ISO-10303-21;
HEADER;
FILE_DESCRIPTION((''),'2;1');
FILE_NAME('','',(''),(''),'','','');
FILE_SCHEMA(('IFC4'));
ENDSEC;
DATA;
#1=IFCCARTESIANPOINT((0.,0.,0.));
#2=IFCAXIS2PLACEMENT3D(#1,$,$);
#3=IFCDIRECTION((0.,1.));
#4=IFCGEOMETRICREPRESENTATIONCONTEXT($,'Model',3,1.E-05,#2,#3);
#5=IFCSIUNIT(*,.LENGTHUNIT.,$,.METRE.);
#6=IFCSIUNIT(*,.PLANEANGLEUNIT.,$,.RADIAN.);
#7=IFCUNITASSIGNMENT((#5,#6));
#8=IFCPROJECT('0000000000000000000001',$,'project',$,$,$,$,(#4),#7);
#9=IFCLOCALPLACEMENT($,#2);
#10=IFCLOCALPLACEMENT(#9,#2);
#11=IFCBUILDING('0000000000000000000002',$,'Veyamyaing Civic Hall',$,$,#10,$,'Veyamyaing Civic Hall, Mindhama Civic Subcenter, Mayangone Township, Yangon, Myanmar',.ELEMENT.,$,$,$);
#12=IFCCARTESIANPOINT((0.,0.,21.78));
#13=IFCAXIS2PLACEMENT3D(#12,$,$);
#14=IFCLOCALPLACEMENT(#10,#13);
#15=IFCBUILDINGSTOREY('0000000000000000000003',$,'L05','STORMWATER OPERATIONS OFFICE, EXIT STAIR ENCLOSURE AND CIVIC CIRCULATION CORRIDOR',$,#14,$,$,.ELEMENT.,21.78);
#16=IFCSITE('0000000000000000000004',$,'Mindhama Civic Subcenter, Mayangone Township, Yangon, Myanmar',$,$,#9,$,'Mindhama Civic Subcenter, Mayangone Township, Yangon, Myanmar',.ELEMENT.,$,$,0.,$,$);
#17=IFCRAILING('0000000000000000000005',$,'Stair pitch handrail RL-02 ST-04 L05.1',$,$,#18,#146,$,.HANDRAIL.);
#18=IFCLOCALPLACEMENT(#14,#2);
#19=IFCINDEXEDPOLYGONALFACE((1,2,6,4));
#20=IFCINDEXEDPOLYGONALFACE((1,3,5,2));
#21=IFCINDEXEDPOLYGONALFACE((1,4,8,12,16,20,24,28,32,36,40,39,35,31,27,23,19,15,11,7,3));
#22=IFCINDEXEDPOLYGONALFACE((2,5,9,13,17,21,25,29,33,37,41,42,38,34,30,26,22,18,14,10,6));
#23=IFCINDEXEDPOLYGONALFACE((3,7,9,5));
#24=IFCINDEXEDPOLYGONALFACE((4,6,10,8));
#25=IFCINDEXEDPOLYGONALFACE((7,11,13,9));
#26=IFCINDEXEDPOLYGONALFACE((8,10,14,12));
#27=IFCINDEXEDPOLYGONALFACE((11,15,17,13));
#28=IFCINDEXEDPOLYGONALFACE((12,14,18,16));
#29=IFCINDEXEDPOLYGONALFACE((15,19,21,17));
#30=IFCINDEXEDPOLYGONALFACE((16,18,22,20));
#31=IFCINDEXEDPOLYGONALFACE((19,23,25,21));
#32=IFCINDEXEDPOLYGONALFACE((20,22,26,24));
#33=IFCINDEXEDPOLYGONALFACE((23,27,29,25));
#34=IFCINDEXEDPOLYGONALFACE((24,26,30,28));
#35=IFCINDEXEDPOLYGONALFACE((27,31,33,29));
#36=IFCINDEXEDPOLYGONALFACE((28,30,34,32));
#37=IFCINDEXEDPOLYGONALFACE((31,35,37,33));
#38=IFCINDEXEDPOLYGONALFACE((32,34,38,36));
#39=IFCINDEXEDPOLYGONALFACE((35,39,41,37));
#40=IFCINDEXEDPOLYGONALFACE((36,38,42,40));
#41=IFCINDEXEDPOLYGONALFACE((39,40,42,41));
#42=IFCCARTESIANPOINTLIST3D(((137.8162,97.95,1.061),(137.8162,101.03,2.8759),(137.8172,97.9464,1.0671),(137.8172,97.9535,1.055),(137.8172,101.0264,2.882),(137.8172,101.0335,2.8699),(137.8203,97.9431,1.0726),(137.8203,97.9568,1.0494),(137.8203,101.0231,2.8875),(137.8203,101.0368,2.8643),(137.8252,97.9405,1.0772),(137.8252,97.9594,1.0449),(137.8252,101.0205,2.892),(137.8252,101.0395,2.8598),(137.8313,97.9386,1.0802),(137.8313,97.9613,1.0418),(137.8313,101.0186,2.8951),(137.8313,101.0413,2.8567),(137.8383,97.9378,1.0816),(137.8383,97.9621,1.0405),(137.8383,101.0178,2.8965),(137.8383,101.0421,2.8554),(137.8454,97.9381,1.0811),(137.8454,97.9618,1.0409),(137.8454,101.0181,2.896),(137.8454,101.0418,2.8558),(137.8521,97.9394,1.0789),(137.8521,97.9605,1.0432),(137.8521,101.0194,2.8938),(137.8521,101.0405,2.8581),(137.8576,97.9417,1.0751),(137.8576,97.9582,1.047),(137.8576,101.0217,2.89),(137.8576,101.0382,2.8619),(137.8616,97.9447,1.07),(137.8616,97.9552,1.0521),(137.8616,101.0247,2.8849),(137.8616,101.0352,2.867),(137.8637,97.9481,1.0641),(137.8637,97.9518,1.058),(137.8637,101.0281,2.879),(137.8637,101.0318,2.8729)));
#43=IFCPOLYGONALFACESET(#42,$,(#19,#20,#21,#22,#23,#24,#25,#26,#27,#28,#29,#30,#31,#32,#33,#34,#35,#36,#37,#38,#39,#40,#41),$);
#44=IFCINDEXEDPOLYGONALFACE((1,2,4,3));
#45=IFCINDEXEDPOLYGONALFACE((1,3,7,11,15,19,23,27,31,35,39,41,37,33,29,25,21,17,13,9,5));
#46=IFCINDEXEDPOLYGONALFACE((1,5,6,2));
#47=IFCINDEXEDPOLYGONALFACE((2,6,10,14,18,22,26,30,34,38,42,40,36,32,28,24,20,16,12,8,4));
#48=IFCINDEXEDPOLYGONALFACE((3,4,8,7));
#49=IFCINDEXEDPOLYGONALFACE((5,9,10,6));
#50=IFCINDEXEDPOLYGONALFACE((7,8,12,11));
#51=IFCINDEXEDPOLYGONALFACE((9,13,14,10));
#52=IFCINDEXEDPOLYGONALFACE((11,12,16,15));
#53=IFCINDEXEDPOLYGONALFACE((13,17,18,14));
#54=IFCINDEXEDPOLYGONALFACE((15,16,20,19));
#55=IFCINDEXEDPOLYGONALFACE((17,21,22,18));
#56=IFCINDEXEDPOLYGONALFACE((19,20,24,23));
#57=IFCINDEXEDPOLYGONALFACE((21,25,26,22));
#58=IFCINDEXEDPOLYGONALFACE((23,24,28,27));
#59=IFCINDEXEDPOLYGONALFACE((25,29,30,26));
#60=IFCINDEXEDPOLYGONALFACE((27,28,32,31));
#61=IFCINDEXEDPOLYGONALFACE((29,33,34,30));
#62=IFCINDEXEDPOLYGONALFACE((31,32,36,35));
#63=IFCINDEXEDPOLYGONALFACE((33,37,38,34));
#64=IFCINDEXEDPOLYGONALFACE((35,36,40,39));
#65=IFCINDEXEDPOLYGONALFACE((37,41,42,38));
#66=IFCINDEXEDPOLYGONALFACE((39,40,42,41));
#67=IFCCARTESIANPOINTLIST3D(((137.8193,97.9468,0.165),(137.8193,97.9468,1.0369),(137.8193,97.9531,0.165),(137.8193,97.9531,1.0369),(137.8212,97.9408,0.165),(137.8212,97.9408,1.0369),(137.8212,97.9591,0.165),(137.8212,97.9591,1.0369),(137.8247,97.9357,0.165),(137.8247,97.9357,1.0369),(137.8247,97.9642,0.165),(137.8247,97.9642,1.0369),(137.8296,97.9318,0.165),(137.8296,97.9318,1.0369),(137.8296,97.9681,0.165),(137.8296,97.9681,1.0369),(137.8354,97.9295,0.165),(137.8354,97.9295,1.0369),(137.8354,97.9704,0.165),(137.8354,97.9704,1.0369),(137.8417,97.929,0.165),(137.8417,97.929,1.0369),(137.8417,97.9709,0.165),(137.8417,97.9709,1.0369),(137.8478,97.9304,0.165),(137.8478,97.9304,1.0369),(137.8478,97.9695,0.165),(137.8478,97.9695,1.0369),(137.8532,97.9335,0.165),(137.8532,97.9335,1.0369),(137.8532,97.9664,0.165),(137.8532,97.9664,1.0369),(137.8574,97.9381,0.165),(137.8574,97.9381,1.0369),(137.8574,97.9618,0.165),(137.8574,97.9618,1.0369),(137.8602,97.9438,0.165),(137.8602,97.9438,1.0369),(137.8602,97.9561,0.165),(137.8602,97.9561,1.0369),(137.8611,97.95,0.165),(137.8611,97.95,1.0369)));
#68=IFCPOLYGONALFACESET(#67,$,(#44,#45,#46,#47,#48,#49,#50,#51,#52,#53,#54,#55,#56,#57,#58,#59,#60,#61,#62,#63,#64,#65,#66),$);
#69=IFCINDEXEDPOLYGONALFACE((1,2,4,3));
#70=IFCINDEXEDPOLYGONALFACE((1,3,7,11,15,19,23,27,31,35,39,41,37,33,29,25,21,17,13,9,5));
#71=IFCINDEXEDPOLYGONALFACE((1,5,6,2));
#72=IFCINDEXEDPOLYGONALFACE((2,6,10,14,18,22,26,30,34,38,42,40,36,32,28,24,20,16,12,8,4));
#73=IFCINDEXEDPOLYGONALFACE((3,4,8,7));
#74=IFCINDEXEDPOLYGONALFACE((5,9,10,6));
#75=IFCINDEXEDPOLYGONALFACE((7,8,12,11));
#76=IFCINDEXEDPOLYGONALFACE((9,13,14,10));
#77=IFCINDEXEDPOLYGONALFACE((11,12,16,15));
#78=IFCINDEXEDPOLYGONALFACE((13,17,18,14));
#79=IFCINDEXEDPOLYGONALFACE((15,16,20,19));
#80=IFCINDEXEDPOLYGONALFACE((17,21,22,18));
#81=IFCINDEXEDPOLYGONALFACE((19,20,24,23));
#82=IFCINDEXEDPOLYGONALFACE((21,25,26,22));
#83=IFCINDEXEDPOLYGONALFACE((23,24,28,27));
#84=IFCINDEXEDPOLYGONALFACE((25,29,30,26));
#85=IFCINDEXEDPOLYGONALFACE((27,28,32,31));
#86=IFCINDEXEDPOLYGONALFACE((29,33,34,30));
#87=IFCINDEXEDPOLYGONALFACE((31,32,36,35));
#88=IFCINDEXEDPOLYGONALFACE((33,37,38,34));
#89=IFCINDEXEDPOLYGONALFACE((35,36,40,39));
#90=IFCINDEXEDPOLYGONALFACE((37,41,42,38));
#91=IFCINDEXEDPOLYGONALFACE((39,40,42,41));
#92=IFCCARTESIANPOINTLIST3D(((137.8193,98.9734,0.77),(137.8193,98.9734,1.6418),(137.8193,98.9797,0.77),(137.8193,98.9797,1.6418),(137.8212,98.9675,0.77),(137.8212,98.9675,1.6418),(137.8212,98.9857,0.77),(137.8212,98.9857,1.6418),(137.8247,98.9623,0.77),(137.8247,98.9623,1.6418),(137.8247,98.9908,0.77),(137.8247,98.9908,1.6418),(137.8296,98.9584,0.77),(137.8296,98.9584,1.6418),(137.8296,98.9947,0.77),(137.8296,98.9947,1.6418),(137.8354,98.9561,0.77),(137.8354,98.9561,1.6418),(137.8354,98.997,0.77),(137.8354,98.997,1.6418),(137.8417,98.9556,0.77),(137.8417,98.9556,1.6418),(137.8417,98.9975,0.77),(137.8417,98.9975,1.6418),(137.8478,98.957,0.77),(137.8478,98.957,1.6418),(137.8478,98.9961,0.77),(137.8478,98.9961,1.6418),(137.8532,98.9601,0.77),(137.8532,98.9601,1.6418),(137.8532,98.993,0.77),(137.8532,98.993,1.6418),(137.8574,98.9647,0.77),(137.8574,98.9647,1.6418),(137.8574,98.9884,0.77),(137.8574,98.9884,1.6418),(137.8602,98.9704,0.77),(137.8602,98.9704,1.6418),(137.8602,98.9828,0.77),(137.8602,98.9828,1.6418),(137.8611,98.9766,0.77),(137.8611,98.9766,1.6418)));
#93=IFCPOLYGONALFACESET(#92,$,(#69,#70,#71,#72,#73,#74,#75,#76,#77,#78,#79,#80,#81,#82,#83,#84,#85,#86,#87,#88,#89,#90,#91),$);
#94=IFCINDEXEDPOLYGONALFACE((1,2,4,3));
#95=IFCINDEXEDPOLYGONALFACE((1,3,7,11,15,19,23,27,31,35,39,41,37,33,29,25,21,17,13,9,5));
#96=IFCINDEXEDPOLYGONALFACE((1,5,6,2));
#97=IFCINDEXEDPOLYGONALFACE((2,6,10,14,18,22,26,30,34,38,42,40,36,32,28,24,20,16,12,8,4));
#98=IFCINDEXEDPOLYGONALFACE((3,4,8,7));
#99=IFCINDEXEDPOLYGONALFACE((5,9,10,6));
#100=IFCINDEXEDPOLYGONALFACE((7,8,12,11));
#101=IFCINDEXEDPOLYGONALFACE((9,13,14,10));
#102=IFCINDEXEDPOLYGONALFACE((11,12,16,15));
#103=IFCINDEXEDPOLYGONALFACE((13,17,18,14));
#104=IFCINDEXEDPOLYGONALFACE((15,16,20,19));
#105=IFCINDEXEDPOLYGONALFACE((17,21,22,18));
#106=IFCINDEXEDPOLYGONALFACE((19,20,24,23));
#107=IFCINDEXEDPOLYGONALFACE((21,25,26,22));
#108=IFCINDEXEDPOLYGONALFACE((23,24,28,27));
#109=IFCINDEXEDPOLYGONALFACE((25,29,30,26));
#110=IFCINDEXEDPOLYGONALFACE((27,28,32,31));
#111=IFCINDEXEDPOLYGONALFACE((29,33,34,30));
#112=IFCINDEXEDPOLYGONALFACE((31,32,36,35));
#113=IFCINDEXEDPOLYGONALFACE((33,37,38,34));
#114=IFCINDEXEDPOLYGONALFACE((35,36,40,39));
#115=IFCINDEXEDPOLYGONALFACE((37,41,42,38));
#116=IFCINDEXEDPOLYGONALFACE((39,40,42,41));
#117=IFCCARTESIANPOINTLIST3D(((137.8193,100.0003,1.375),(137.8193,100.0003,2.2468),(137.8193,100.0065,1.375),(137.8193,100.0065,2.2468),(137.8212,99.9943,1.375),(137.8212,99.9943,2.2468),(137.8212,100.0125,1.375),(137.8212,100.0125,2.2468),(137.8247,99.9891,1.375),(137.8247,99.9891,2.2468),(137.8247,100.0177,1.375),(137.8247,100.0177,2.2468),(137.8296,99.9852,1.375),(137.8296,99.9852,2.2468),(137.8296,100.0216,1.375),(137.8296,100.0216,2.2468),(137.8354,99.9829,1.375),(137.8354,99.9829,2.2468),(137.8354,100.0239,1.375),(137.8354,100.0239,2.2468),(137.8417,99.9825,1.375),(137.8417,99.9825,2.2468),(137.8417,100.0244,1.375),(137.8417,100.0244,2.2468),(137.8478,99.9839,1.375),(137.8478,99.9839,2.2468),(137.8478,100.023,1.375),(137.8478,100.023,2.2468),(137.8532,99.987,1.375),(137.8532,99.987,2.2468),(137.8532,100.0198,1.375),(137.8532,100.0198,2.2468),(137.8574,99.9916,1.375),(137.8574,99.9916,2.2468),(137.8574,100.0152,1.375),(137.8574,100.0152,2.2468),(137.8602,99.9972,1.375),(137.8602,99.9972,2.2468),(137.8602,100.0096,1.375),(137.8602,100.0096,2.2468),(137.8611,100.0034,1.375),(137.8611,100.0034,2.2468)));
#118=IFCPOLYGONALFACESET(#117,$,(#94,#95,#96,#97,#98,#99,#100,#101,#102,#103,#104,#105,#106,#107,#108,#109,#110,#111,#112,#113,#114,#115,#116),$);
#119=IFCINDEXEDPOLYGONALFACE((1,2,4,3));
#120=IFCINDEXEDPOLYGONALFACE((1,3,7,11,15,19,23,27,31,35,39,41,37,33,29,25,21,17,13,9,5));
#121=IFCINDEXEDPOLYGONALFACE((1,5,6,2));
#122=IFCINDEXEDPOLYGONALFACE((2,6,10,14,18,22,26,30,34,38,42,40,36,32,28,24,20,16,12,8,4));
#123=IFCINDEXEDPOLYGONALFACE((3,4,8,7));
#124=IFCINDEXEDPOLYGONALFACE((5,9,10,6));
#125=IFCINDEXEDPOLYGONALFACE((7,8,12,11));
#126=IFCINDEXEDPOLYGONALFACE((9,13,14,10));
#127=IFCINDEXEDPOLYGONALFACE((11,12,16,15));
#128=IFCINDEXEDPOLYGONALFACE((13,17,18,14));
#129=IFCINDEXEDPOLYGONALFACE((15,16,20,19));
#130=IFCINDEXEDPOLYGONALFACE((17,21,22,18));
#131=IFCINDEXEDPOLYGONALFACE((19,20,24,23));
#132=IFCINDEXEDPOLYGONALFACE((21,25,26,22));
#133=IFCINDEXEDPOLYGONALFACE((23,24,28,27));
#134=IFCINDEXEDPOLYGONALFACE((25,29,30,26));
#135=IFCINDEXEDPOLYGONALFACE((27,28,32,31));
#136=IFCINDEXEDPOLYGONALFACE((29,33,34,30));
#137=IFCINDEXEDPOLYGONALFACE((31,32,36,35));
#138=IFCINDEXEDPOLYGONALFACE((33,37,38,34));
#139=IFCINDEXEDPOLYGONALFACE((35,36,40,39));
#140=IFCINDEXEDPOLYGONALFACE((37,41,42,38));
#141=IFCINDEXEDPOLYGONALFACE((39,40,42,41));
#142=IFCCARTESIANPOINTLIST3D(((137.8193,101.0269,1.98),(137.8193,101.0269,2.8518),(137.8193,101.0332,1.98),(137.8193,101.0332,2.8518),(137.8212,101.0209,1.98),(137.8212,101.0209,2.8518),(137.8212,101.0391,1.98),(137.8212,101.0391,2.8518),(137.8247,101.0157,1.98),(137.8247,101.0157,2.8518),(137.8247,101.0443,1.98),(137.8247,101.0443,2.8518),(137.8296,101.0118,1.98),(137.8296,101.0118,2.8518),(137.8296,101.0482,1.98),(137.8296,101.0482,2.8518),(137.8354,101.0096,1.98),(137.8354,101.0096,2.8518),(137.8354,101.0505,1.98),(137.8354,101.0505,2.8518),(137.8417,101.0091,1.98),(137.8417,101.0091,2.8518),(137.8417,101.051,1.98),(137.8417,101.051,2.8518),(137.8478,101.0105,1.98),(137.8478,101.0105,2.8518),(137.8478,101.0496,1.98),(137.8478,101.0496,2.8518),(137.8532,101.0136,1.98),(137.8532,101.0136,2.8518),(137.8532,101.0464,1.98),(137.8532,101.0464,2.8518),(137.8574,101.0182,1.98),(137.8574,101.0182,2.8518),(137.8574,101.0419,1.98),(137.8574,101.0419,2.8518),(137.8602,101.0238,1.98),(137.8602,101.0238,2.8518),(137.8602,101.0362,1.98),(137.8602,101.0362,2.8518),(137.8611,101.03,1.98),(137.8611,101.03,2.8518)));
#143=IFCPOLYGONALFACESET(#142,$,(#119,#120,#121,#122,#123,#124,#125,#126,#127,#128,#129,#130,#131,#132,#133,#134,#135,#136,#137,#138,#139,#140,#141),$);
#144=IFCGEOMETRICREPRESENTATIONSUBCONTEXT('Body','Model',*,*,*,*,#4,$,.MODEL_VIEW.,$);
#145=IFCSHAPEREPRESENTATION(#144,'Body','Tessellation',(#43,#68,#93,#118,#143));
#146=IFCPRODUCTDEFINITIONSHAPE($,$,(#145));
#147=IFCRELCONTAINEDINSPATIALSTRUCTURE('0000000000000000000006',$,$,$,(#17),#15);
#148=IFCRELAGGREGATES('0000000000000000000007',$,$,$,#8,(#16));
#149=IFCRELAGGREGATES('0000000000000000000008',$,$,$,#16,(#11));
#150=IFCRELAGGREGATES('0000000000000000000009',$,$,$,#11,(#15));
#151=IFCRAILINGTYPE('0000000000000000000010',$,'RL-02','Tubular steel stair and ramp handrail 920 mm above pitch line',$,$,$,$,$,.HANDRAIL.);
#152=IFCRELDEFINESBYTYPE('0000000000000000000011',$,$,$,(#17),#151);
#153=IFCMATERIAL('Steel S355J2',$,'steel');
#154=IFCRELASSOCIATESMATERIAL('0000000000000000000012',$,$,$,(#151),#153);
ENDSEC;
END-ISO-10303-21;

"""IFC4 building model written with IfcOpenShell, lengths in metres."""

from ifc_helpers import new_model, si_unit, direction, frame, origin, origin_2d, place, context, subcontext, project, spatial, circle, extrude, material, type_object, element, save


model = new_model("IFC4")

# Units and contexts
model_context = context("Model", 3, precision=1e-05, world=origin(), true_north=direction((0.0, 1.0)))
body_context = subcontext(model_context, "Body", "Model", "MODEL_VIEW")
ifc_project = project(units=[si_unit("LENGTHUNIT", "METRE"), si_unit("PLANEANGLEUNIT", "RADIAN")], contexts=[model_context])

# Site, building, storey
site_placement = place(None, origin())
site = spatial("IfcSite", under=ifc_project, at=site_placement, Name="Mindhama Civic Subcenter, Mayangone Township, Yangon, Myanmar", LongName="Mindhama Civic Subcenter, Mayangone Township, Yangon, Myanmar", CompositionType="ELEMENT", RefElevation=0.0)
building_placement = place(site_placement, origin())
building = spatial("IfcBuilding", under=site, at=building_placement, Name="Veyamyaing Civic Hall", LongName="Veyamyaing Civic Hall, Mindhama Civic Subcenter, Mayangone Township, Yangon, Myanmar", CompositionType="ELEMENT")
storey_placement = place(building_placement, frame((0.0, 0.0, 21.78)))
storey = spatial("IfcBuildingStorey", under=building, at=storey_placement, Name="L05", Description="STORMWATER OPERATIONS OFFICE, EXIT STAIR ENCLOSURE AND CIVIC CIRCULATION CORRIDOR", CompositionType="ELEMENT", Elevation=21.78)

# Railing
ifc_material_1 = material(Name="Steel S355J2", Category="steel")
railing_type_1 = type_object("IfcRailingType", Name="RL-02", Description="Tubular steel stair and ramp handrail 920 mm above pitch line", PredefinedType="HANDRAIL", material=ifc_material_1)
railing_1_placement = place(storey_placement, frame((137.8401, 97.95, 0.165)))
element("IfcRailing", 1, at=railing_1_placement, inside=storey, type_object=railing_type_1, Name="Stair pitch handrail RL-02 ST-04 L05.1", PredefinedType="HANDRAIL", context=body_context, shape_type="SweptSolid", body=[
    extrude(circle(Radius=0.0239, at=origin_2d()), frame((0.0, 0.0, 0.896), z_axis=(0.0, 0.861551, 0.507671), x_axis=(-1.0, 0.0, 0.0)), (0.0, 0.0, 1.0), 3.575),
    extrude(circle(Radius=0.021, at=origin_2d()), origin(), (0.0, 0.0, 1.0), 0.8718),
    extrude(circle(Radius=0.021, at=origin_2d()), frame((0.0, 1.0266, 0.605)), (0.0, 0.0, 1.0), 0.8718),
    extrude(circle(Radius=0.021, at=origin_2d()), frame((0.0, 2.0535, 1.21)), (0.0, 0.0, 1.0), 0.8718),
    extrude(circle(Radius=0.021, at=origin_2d()), frame((0.0, 3.0801, 1.8149)), (0.0, 0.0, 1.0), 0.8718),
])

save(model, "model.ifc")
